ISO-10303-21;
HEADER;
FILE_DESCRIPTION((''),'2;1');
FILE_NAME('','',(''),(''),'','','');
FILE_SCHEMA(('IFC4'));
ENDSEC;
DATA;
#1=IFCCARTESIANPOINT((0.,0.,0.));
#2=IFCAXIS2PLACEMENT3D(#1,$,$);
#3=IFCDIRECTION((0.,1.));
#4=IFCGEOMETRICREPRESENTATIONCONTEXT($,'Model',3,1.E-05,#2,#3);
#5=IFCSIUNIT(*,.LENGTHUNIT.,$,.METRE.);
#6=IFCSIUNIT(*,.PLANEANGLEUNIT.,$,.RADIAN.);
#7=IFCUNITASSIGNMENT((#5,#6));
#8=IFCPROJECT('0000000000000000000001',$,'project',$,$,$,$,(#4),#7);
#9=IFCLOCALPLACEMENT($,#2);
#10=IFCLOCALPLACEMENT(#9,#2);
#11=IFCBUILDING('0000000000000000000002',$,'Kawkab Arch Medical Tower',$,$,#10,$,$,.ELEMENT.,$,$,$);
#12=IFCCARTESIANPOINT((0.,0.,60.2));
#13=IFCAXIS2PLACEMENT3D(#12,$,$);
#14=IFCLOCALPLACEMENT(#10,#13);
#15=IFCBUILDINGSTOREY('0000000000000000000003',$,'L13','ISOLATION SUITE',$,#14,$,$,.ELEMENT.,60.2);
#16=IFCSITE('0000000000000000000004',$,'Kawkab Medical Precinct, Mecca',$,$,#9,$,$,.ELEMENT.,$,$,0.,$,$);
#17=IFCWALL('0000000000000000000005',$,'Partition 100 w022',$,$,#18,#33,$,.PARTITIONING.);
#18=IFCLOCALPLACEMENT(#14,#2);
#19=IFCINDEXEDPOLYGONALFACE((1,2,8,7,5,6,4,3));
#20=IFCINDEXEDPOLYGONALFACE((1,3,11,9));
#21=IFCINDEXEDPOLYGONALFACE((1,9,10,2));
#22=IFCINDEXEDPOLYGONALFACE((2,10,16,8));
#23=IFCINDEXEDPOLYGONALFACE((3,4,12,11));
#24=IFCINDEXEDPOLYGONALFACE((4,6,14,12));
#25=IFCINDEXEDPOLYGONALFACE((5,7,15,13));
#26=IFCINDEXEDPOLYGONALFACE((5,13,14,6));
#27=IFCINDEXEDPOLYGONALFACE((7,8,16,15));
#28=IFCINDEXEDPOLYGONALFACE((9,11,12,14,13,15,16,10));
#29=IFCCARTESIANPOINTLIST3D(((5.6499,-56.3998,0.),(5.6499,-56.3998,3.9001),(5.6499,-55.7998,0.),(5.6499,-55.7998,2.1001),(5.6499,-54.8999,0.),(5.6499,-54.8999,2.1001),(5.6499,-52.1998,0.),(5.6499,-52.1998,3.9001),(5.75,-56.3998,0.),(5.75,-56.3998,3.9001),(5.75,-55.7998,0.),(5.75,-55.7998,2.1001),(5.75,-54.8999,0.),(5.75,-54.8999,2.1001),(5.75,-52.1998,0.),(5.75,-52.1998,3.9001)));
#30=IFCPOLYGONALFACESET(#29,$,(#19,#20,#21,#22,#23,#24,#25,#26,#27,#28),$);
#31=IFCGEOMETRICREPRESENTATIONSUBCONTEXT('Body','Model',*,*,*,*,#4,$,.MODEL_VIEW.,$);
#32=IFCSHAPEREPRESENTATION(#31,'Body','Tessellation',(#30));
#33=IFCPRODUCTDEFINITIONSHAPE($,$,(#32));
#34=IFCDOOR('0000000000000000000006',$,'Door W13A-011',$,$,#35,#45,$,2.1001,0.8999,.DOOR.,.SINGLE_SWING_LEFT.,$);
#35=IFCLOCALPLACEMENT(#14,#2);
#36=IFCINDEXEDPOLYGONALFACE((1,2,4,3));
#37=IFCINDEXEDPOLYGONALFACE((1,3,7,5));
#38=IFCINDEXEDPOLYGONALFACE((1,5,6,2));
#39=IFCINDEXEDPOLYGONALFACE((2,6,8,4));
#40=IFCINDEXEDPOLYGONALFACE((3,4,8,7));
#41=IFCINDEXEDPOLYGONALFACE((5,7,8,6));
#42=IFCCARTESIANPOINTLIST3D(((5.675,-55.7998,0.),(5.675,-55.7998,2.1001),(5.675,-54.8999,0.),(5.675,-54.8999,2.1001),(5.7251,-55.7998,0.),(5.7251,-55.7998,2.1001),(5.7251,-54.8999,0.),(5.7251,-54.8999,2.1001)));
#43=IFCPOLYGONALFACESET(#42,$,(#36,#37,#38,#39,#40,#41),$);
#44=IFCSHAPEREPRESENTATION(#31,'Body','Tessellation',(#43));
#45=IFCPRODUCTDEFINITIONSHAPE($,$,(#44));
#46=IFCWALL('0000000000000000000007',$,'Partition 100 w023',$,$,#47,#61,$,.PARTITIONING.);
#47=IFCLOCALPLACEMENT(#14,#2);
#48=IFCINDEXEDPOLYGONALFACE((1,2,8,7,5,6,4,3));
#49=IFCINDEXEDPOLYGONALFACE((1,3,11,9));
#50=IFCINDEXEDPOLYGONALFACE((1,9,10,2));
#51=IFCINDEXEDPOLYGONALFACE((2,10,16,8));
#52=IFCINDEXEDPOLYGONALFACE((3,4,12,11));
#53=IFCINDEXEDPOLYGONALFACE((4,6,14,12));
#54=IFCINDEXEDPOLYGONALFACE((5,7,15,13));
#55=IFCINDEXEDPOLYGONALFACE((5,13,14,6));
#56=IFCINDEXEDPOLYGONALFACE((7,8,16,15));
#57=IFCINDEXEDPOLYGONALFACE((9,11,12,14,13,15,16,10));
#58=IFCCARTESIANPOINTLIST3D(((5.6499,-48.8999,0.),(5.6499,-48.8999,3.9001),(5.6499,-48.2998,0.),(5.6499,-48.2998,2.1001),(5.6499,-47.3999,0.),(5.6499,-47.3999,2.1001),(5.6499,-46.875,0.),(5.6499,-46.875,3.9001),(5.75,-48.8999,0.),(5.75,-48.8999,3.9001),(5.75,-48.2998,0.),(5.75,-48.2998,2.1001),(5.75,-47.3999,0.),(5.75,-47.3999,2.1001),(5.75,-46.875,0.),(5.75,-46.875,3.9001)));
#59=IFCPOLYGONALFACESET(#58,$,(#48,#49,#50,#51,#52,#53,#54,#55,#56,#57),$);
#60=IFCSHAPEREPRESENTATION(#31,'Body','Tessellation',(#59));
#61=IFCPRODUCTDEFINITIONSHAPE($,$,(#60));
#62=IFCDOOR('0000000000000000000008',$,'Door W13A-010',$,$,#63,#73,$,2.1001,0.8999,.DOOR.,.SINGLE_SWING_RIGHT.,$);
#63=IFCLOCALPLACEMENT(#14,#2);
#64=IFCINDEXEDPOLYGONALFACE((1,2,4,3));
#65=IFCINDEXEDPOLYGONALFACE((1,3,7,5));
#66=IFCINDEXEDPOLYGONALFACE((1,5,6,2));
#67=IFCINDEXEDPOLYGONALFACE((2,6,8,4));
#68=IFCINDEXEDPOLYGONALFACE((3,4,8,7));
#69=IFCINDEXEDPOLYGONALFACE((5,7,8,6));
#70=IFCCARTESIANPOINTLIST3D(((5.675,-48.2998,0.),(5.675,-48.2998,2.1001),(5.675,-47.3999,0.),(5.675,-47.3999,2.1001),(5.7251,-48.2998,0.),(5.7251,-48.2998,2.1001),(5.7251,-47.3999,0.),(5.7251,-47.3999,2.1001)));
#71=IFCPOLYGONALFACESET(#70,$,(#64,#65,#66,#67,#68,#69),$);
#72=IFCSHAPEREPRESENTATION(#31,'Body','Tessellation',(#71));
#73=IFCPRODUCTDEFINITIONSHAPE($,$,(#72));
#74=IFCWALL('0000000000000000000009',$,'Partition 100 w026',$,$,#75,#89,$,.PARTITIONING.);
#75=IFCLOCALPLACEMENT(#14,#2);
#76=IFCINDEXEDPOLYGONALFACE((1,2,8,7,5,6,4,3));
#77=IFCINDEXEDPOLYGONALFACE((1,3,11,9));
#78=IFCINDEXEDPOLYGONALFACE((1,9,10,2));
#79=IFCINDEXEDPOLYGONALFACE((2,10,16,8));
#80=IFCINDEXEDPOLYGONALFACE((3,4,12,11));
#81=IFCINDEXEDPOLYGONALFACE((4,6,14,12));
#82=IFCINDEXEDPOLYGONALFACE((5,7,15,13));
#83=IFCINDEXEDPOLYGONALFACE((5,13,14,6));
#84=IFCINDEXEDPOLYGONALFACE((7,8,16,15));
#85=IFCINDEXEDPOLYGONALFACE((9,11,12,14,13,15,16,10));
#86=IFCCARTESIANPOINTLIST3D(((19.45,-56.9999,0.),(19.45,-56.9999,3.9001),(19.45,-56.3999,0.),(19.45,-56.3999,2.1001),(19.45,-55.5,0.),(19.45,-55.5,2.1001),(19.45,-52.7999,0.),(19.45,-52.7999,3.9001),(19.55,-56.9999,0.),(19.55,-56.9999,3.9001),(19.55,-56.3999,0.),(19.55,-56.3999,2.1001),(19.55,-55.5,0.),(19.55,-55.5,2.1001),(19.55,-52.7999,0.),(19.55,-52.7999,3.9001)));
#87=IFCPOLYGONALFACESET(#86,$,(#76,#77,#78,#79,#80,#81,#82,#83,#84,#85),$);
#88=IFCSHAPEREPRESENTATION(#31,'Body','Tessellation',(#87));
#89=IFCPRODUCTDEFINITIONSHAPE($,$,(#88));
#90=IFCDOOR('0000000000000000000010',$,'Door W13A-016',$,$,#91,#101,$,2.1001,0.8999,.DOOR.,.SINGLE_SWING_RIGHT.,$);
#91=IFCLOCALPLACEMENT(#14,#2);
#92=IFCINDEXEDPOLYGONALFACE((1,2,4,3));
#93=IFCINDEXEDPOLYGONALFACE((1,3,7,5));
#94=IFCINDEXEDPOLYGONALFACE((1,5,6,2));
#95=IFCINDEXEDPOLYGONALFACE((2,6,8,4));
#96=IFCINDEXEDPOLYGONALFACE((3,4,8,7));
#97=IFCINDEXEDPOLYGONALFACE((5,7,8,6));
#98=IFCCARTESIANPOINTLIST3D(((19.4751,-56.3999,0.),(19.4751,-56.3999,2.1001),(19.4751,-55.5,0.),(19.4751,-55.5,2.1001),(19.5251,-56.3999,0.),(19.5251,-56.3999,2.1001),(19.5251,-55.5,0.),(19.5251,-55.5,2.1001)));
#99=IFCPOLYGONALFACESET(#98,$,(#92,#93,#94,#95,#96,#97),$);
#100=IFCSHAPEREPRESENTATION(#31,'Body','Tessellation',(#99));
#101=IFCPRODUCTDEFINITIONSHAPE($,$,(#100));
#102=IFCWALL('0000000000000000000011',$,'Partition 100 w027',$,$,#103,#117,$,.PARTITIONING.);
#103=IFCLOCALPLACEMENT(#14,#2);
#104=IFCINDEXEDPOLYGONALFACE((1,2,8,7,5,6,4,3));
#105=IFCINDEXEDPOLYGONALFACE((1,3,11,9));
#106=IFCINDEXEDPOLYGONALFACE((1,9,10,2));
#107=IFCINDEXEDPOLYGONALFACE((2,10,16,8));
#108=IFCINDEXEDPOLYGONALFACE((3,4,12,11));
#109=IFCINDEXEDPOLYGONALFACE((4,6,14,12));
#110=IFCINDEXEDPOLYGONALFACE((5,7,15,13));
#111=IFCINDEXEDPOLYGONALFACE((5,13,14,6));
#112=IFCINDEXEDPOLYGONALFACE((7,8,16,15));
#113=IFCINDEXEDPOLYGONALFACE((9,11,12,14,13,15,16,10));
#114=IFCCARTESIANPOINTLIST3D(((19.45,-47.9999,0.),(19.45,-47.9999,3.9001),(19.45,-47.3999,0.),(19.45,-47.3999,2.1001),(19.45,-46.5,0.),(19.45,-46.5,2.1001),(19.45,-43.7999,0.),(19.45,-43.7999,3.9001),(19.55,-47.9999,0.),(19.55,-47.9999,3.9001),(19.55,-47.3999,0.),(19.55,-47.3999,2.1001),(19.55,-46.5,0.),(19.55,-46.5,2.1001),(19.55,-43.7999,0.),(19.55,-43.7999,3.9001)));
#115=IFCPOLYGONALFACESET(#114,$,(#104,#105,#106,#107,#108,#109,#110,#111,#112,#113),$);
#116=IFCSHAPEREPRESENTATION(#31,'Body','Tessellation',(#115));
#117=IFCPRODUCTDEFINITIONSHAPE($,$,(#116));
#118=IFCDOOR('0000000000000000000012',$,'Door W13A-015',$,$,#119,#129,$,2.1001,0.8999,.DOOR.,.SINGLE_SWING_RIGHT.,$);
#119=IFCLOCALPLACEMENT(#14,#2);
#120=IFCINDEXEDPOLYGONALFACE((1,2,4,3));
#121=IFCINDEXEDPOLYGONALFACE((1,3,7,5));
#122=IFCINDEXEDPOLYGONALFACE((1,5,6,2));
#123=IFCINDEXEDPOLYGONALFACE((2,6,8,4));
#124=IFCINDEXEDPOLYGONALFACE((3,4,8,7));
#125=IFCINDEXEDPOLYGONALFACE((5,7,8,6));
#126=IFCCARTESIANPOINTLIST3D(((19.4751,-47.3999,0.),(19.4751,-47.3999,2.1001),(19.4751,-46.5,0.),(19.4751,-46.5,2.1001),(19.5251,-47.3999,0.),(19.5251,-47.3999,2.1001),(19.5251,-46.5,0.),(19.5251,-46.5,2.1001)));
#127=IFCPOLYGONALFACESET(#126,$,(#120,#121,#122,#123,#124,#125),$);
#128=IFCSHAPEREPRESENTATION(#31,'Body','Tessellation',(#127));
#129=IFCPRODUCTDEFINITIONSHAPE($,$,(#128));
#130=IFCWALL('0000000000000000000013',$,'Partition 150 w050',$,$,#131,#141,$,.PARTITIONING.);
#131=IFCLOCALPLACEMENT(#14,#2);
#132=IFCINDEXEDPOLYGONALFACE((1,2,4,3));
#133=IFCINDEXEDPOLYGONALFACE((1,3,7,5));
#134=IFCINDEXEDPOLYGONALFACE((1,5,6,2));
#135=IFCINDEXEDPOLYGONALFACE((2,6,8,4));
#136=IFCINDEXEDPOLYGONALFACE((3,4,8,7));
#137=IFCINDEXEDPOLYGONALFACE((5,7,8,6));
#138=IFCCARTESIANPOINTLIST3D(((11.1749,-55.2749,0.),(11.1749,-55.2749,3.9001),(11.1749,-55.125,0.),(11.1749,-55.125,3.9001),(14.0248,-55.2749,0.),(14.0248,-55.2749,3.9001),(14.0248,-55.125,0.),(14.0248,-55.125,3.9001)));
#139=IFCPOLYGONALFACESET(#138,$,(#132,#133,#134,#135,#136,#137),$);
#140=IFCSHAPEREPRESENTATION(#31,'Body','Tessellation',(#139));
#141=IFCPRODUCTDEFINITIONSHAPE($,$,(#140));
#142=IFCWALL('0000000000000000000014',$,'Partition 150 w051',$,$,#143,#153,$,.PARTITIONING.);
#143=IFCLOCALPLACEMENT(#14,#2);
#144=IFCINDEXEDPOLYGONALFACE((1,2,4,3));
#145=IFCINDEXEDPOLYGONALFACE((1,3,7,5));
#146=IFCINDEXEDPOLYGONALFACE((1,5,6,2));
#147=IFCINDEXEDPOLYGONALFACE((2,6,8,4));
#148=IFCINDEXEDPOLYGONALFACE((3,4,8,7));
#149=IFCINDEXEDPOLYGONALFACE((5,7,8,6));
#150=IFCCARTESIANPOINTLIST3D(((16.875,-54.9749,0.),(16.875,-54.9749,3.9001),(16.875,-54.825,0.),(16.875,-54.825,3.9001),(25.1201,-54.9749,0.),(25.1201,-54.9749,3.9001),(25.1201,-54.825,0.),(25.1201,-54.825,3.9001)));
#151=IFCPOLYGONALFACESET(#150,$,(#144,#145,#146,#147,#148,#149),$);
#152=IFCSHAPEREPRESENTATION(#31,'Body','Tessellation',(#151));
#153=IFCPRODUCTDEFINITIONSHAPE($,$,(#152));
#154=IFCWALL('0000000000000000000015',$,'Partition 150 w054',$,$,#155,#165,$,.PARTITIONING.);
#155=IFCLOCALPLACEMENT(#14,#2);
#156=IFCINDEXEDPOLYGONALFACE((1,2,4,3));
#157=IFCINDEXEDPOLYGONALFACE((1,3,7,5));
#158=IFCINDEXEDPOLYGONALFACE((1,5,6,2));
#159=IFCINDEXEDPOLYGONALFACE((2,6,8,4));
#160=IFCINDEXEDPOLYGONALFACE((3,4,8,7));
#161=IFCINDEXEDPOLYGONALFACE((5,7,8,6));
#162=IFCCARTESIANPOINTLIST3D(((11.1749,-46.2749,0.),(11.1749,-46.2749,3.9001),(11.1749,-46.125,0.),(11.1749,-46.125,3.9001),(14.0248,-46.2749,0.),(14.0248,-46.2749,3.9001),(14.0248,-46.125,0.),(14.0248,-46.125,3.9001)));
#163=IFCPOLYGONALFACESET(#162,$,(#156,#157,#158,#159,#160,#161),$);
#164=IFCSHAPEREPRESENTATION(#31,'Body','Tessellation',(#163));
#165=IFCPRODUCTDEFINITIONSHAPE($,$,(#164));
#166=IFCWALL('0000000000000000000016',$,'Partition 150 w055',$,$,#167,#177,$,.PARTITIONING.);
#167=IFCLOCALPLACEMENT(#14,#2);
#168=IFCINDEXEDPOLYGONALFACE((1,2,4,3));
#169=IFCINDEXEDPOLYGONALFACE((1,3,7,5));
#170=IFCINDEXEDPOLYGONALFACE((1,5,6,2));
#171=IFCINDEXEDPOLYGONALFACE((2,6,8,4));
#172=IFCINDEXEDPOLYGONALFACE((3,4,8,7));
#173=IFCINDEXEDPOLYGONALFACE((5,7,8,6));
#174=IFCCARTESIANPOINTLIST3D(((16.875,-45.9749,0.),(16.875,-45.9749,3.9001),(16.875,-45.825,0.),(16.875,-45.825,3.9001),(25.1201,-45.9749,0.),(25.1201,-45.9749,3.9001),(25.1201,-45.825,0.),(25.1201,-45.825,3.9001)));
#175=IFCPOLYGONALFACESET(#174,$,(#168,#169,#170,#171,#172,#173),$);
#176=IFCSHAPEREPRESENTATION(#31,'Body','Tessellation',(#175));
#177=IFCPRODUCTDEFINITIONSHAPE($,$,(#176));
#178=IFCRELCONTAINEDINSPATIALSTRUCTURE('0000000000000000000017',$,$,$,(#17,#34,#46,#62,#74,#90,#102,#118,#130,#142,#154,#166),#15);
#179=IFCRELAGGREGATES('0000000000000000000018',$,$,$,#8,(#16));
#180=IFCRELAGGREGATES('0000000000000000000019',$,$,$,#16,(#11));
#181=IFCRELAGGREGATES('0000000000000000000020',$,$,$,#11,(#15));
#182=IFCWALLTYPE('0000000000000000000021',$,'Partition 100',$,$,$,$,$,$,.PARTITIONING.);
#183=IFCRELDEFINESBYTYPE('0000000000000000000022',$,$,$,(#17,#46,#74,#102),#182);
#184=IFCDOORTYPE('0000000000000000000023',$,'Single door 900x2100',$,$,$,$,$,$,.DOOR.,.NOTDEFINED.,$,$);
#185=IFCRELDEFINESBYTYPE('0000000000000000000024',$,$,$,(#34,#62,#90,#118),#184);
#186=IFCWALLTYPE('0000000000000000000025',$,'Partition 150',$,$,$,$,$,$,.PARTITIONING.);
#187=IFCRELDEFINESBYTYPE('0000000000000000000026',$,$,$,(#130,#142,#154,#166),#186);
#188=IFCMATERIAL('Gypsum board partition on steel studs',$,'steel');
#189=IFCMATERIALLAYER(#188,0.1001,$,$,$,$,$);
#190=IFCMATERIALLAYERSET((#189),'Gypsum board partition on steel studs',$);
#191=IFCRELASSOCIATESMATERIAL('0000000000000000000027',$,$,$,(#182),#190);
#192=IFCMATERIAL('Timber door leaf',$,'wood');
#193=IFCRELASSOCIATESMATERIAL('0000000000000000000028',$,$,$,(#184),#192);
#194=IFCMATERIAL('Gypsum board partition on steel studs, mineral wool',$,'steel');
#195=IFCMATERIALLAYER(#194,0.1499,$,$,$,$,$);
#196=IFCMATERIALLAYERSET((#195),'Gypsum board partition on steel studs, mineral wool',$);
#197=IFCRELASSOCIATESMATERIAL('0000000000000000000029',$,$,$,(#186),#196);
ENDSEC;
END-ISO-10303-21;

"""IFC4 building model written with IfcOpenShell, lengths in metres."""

from ifc_helpers import new_model, si_unit, direction, frame, frame_2d, origin, place, context, subcontext, project, spatial, rectangle, extrude, material, layer, layer_set, type_object, element, fill, save


model = new_model("IFC4")

# Units and contexts
model_context = context("Model", 3, precision=1e-05, world=origin(), true_north=direction((0.0, 1.0)))
body_context = subcontext(model_context, "Body", "Model", "MODEL_VIEW")
ifc_project = project(units=[si_unit("LENGTHUNIT", "METRE"), si_unit("PLANEANGLEUNIT", "RADIAN")], contexts=[model_context])

# Site, building, storey
site_placement = place(None, origin())
site = spatial("IfcSite", under=ifc_project, at=site_placement, Name="Kawkab Medical Precinct, Mecca", CompositionType="ELEMENT", RefElevation=0.0)
building_placement = place(site_placement, origin())
building = spatial("IfcBuilding", under=site, at=building_placement, Name="Kawkab Arch Medical Tower", CompositionType="ELEMENT")
storey_placement = place(building_placement, frame((0.0, 0.0, 60.2)))
storey = spatial("IfcBuildingStorey", under=building, at=storey_placement, Name="L13", Description="ISOLATION SUITE", CompositionType="ELEMENT", Elevation=60.2)

# Shared definitions
ifc_material_1 = material(Name="Gypsum board partition on steel studs", Category="steel")
ifc_layer_1 = layer(ifc_material_1, 0.1001)
ifc_layer_set_1 = layer_set([ifc_layer_1], Name="Gypsum board partition on steel studs")
wall_type_1 = type_object("IfcWallType", Name="Partition 100", PredefinedType="PARTITIONING", material=ifc_layer_set_1)

# Walls, openings, doors
wall_1_placement = place(storey_placement, frame((5.7, -56.3999, 0.0), z_axis=(0.0, 0.0, 1.0), x_axis=(0.0, 1.0, 0.0)))
wall_1 = element("IfcWall", 1, at=wall_1_placement, inside=storey, type_object=wall_type_1, Name="Partition 100 w022", PredefinedType="PARTITIONING", context=body_context, shape_type="SweptSolid", body=[
    extrude(rectangle(XDim=4.2, YDim=0.1001, at=frame_2d((2.1001, 0.0))), origin(), (0.0, 0.0, 1.0), 3.9001),
])
opening_1_placement = place(wall_1_placement, frame((0.6001, 0.0, 0.0)))
opening_1 = element("IfcOpeningElement", 2, at=opening_1_placement, cuts=wall_1, PredefinedType="OPENING", context=body_context, shape_type="SweptSolid", body=[
    extrude(rectangle(XDim=0.8999, YDim=2.1001, at=frame_2d((0.45, 1.05))), frame((0.0, 0.0601, 0.0), z_axis=(0.0, -1.0, 0.0), x_axis=(1.0, 0.0, 0.0)), (0.0, 0.0, 1.0), 0.1201),
])
ifc_material_2 = material(Name="Timber door leaf", Category="wood")
door_type_1 = type_object("IfcDoorType", Name="Single door 900x2100", OperationType="NOTDEFINED", PredefinedType="DOOR", material=ifc_material_2)
door_1_placement = place(opening_1_placement, origin())
door_1 = element("IfcDoor", 3, at=door_1_placement, inside=storey, type_object=door_type_1, Name="Door W13A-011", OperationType="SINGLE_SWING_LEFT", OverallHeight=2.1001, OverallWidth=0.8999, PredefinedType="DOOR", context=body_context, shape_type="SweptSolid", body=[
    extrude(rectangle(XDim=0.8999, YDim=2.1001, at=frame_2d((0.45, 1.05))), frame((0.0, 0.0249, 0.0), z_axis=(0.0, -1.0, 0.0), x_axis=(1.0, 0.0, 0.0)), (0.0, 0.0, 1.0), 0.05),
])
fill(opening_1, door_1)
wall_2_placement = place(storey_placement, frame((5.7, -48.8999, 0.0), z_axis=(0.0, 0.0, 1.0), x_axis=(0.0, 1.0, 0.0)))
wall_2 = element("IfcWall", 4, at=wall_2_placement, inside=storey, type_object=wall_type_1, Name="Partition 100 w023", PredefinedType="PARTITIONING", context=body_context, shape_type="SweptSolid", body=[
    extrude(rectangle(XDim=2.0249, YDim=0.1001, at=frame_2d((1.0125, 0.0))), origin(), (0.0, 0.0, 1.0), 3.9001),
])
opening_2_placement = place(wall_2_placement, frame((0.6001, 0.0, 0.0)))
opening_2 = element("IfcOpeningElement", 5, at=opening_2_placement, cuts=wall_2, PredefinedType="OPENING", context=body_context, shape_type="SweptSolid", body=[
    extrude(rectangle(XDim=0.8999, YDim=2.1001, at=frame_2d((0.45, 1.05))), frame((0.0, 0.0601, 0.0), z_axis=(0.0, -1.0, 0.0), x_axis=(1.0, 0.0, 0.0)), (0.0, 0.0, 1.0), 0.1201),
])
door_2_placement = place(opening_2_placement, origin())
door_2 = element("IfcDoor", 6, at=door_2_placement, inside=storey, type_object=door_type_1, Name="Door W13A-010", OperationType="SINGLE_SWING_RIGHT", OverallHeight=2.1001, OverallWidth=0.8999, PredefinedType="DOOR", context=body_context, shape_type="SweptSolid", body=[
    extrude(rectangle(XDim=0.8999, YDim=2.1001, at=frame_2d((0.45, 1.05))), frame((0.0, 0.0249, 0.0), z_axis=(0.0, -1.0, 0.0), x_axis=(1.0, 0.0, 0.0)), (0.0, 0.0, 1.0), 0.05),
])
fill(opening_2, door_2)
wall_3_placement = place(storey_placement, frame((19.5, -57.0, 0.0), z_axis=(0.0, 0.0, 1.0), x_axis=(0.0, 1.0, 0.0)))
wall_3 = element("IfcWall", 7, at=wall_3_placement, inside=storey, type_object=wall_type_1, Name="Partition 100 w026", PredefinedType="PARTITIONING", context=body_context, shape_type="SweptSolid", body=[
    extrude(rectangle(XDim=4.2, YDim=0.1001, at=frame_2d((2.1001, 0.0))), origin(), (0.0, 0.0, 1.0), 3.9001),
])
opening_3_placement = place(wall_3_placement, frame((0.6001, 0.0, 0.0)))
opening_3 = element("IfcOpeningElement", 8, at=opening_3_placement, cuts=wall_3, PredefinedType="OPENING", context=body_context, shape_type="SweptSolid", body=[
    extrude(rectangle(XDim=0.8999, YDim=2.1001, at=frame_2d((0.45, 1.05))), frame((0.0, 0.0601, 0.0), z_axis=(0.0, -1.0, 0.0), x_axis=(1.0, 0.0, 0.0)), (0.0, 0.0, 1.0), 0.1201),
])
door_3_placement = place(opening_3_placement, origin())
door_3 = element("IfcDoor", 9, at=door_3_placement, inside=storey, type_object=door_type_1, Name="Door W13A-016", OperationType="SINGLE_SWING_RIGHT", OverallHeight=2.1001, OverallWidth=0.8999, PredefinedType="DOOR", context=body_context, shape_type="SweptSolid", body=[
    extrude(rectangle(XDim=0.8999, YDim=2.1001, at=frame_2d((0.45, 1.05))), frame((0.0, 0.0249, 0.0), z_axis=(0.0, -1.0, 0.0), x_axis=(1.0, 0.0, 0.0)), (0.0, 0.0, 1.0), 0.05),
])
fill(opening_3, door_3)
wall_4_placement = place(storey_placement, frame((19.5, -48.0, 0.0), z_axis=(0.0, 0.0, 1.0), x_axis=(0.0, 1.0, 0.0)))
wall_4 = element("IfcWall", 10, at=wall_4_placement, inside=storey, type_object=wall_type_1, Name="Partition 100 w027", PredefinedType="PARTITIONING", context=body_context, shape_type="SweptSolid", body=[
    extrude(rectangle(XDim=4.2, YDim=0.1001, at=frame_2d((2.1001, 0.0))), origin(), (0.0, 0.0, 1.0), 3.9001),
])
opening_4_placement = place(wall_4_placement, frame((0.6001, 0.0, 0.0)))
opening_4 = element("IfcOpeningElement", 11, at=opening_4_placement, cuts=wall_4, PredefinedType="OPENING", context=body_context, shape_type="SweptSolid", body=[
    extrude(rectangle(XDim=0.8999, YDim=2.1001, at=frame_2d((0.45, 1.05))), frame((0.0, 0.0601, 0.0), z_axis=(0.0, -1.0, 0.0), x_axis=(1.0, 0.0, 0.0)), (0.0, 0.0, 1.0), 0.1201),
])
door_4_placement = place(opening_4_placement, origin())
door_4 = element("IfcDoor", 12, at=door_4_placement, inside=storey, type_object=door_type_1, Name="Door W13A-015", OperationType="SINGLE_SWING_RIGHT", OverallHeight=2.1001, OverallWidth=0.8999, PredefinedType="DOOR", context=body_context, shape_type="SweptSolid", body=[
    extrude(rectangle(XDim=0.8999, YDim=2.1001, at=frame_2d((0.45, 1.05))), frame((0.0, 0.0249, 0.0), z_axis=(0.0, -1.0, 0.0), x_axis=(1.0, 0.0, 0.0)), (0.0, 0.0, 1.0), 0.05),
])
fill(opening_4, door_4)

# Walls
ifc_material_3 = material(Name="Gypsum board partition on steel studs, mineral wool", Category="steel")
ifc_layer_2 = layer(ifc_material_3, 0.1499)
ifc_layer_set_2 = layer_set([ifc_layer_2], Name="Gypsum board partition on steel studs, mineral wool")
wall_type_2 = type_object("IfcWallType", Name="Partition 150", PredefinedType="PARTITIONING", material=ifc_layer_set_2)
wall_5_placement = place(storey_placement, frame((11.175, -55.2, 0.0), z_axis=(0.0, 0.0, 1.0), x_axis=(1.0, 0.0, 0.0)))
element("IfcWall", 13, at=wall_5_placement, inside=storey, type_object=wall_type_2, Name="Partition 150 w050", PredefinedType="PARTITIONING", context=body_context, shape_type="SweptSolid", body=[
    extrude(rectangle(XDim=2.8499, YDim=0.1499, at=frame_2d((1.4248, 0.0))), origin(), (0.0, 0.0, 1.0), 3.9001),
])
wall_6_placement = place(storey_placement, frame((16.875, -54.8999, 0.0), z_axis=(0.0, 0.0, 1.0), x_axis=(1.0, 0.0, 0.0)))
element("IfcWall", 14, at=wall_6_placement, inside=storey, type_object=wall_type_2, Name="Partition 150 w051", PredefinedType="PARTITIONING", context=body_context, shape_type="SweptSolid", body=[
    extrude(rectangle(XDim=8.2451, YDim=0.1499, at=frame_2d((4.1226, 0.0))), origin(), (0.0, 0.0, 1.0), 3.9001),
])
wall_7_placement = place(storey_placement, frame((11.175, -46.2, 0.0), z_axis=(0.0, 0.0, 1.0), x_axis=(1.0, 0.0, 0.0)))
element("IfcWall", 15, at=wall_7_placement, inside=storey, type_object=wall_type_2, Name="Partition 150 w054", PredefinedType="PARTITIONING", context=body_context, shape_type="SweptSolid", body=[
    extrude(rectangle(XDim=2.8499, YDim=0.1499, at=frame_2d((1.4248, 0.0))), origin(), (0.0, 0.0, 1.0), 3.9001),
])
wall_8_placement = place(storey_placement, frame((16.875, -45.8999, 0.0), z_axis=(0.0, 0.0, 1.0), x_axis=(1.0, 0.0, 0.0)))
element("IfcWall", 16, at=wall_8_placement, inside=storey, type_object=wall_type_2, Name="Partition 150 w055", PredefinedType="PARTITIONING", context=body_context, shape_type="SweptSolid", body=[
    extrude(rectangle(XDim=8.2451, YDim=0.1499, at=frame_2d((4.1226, 0.0))), origin(), (0.0, 0.0, 1.0), 3.9001),
])

save(model, "model.ifc")
